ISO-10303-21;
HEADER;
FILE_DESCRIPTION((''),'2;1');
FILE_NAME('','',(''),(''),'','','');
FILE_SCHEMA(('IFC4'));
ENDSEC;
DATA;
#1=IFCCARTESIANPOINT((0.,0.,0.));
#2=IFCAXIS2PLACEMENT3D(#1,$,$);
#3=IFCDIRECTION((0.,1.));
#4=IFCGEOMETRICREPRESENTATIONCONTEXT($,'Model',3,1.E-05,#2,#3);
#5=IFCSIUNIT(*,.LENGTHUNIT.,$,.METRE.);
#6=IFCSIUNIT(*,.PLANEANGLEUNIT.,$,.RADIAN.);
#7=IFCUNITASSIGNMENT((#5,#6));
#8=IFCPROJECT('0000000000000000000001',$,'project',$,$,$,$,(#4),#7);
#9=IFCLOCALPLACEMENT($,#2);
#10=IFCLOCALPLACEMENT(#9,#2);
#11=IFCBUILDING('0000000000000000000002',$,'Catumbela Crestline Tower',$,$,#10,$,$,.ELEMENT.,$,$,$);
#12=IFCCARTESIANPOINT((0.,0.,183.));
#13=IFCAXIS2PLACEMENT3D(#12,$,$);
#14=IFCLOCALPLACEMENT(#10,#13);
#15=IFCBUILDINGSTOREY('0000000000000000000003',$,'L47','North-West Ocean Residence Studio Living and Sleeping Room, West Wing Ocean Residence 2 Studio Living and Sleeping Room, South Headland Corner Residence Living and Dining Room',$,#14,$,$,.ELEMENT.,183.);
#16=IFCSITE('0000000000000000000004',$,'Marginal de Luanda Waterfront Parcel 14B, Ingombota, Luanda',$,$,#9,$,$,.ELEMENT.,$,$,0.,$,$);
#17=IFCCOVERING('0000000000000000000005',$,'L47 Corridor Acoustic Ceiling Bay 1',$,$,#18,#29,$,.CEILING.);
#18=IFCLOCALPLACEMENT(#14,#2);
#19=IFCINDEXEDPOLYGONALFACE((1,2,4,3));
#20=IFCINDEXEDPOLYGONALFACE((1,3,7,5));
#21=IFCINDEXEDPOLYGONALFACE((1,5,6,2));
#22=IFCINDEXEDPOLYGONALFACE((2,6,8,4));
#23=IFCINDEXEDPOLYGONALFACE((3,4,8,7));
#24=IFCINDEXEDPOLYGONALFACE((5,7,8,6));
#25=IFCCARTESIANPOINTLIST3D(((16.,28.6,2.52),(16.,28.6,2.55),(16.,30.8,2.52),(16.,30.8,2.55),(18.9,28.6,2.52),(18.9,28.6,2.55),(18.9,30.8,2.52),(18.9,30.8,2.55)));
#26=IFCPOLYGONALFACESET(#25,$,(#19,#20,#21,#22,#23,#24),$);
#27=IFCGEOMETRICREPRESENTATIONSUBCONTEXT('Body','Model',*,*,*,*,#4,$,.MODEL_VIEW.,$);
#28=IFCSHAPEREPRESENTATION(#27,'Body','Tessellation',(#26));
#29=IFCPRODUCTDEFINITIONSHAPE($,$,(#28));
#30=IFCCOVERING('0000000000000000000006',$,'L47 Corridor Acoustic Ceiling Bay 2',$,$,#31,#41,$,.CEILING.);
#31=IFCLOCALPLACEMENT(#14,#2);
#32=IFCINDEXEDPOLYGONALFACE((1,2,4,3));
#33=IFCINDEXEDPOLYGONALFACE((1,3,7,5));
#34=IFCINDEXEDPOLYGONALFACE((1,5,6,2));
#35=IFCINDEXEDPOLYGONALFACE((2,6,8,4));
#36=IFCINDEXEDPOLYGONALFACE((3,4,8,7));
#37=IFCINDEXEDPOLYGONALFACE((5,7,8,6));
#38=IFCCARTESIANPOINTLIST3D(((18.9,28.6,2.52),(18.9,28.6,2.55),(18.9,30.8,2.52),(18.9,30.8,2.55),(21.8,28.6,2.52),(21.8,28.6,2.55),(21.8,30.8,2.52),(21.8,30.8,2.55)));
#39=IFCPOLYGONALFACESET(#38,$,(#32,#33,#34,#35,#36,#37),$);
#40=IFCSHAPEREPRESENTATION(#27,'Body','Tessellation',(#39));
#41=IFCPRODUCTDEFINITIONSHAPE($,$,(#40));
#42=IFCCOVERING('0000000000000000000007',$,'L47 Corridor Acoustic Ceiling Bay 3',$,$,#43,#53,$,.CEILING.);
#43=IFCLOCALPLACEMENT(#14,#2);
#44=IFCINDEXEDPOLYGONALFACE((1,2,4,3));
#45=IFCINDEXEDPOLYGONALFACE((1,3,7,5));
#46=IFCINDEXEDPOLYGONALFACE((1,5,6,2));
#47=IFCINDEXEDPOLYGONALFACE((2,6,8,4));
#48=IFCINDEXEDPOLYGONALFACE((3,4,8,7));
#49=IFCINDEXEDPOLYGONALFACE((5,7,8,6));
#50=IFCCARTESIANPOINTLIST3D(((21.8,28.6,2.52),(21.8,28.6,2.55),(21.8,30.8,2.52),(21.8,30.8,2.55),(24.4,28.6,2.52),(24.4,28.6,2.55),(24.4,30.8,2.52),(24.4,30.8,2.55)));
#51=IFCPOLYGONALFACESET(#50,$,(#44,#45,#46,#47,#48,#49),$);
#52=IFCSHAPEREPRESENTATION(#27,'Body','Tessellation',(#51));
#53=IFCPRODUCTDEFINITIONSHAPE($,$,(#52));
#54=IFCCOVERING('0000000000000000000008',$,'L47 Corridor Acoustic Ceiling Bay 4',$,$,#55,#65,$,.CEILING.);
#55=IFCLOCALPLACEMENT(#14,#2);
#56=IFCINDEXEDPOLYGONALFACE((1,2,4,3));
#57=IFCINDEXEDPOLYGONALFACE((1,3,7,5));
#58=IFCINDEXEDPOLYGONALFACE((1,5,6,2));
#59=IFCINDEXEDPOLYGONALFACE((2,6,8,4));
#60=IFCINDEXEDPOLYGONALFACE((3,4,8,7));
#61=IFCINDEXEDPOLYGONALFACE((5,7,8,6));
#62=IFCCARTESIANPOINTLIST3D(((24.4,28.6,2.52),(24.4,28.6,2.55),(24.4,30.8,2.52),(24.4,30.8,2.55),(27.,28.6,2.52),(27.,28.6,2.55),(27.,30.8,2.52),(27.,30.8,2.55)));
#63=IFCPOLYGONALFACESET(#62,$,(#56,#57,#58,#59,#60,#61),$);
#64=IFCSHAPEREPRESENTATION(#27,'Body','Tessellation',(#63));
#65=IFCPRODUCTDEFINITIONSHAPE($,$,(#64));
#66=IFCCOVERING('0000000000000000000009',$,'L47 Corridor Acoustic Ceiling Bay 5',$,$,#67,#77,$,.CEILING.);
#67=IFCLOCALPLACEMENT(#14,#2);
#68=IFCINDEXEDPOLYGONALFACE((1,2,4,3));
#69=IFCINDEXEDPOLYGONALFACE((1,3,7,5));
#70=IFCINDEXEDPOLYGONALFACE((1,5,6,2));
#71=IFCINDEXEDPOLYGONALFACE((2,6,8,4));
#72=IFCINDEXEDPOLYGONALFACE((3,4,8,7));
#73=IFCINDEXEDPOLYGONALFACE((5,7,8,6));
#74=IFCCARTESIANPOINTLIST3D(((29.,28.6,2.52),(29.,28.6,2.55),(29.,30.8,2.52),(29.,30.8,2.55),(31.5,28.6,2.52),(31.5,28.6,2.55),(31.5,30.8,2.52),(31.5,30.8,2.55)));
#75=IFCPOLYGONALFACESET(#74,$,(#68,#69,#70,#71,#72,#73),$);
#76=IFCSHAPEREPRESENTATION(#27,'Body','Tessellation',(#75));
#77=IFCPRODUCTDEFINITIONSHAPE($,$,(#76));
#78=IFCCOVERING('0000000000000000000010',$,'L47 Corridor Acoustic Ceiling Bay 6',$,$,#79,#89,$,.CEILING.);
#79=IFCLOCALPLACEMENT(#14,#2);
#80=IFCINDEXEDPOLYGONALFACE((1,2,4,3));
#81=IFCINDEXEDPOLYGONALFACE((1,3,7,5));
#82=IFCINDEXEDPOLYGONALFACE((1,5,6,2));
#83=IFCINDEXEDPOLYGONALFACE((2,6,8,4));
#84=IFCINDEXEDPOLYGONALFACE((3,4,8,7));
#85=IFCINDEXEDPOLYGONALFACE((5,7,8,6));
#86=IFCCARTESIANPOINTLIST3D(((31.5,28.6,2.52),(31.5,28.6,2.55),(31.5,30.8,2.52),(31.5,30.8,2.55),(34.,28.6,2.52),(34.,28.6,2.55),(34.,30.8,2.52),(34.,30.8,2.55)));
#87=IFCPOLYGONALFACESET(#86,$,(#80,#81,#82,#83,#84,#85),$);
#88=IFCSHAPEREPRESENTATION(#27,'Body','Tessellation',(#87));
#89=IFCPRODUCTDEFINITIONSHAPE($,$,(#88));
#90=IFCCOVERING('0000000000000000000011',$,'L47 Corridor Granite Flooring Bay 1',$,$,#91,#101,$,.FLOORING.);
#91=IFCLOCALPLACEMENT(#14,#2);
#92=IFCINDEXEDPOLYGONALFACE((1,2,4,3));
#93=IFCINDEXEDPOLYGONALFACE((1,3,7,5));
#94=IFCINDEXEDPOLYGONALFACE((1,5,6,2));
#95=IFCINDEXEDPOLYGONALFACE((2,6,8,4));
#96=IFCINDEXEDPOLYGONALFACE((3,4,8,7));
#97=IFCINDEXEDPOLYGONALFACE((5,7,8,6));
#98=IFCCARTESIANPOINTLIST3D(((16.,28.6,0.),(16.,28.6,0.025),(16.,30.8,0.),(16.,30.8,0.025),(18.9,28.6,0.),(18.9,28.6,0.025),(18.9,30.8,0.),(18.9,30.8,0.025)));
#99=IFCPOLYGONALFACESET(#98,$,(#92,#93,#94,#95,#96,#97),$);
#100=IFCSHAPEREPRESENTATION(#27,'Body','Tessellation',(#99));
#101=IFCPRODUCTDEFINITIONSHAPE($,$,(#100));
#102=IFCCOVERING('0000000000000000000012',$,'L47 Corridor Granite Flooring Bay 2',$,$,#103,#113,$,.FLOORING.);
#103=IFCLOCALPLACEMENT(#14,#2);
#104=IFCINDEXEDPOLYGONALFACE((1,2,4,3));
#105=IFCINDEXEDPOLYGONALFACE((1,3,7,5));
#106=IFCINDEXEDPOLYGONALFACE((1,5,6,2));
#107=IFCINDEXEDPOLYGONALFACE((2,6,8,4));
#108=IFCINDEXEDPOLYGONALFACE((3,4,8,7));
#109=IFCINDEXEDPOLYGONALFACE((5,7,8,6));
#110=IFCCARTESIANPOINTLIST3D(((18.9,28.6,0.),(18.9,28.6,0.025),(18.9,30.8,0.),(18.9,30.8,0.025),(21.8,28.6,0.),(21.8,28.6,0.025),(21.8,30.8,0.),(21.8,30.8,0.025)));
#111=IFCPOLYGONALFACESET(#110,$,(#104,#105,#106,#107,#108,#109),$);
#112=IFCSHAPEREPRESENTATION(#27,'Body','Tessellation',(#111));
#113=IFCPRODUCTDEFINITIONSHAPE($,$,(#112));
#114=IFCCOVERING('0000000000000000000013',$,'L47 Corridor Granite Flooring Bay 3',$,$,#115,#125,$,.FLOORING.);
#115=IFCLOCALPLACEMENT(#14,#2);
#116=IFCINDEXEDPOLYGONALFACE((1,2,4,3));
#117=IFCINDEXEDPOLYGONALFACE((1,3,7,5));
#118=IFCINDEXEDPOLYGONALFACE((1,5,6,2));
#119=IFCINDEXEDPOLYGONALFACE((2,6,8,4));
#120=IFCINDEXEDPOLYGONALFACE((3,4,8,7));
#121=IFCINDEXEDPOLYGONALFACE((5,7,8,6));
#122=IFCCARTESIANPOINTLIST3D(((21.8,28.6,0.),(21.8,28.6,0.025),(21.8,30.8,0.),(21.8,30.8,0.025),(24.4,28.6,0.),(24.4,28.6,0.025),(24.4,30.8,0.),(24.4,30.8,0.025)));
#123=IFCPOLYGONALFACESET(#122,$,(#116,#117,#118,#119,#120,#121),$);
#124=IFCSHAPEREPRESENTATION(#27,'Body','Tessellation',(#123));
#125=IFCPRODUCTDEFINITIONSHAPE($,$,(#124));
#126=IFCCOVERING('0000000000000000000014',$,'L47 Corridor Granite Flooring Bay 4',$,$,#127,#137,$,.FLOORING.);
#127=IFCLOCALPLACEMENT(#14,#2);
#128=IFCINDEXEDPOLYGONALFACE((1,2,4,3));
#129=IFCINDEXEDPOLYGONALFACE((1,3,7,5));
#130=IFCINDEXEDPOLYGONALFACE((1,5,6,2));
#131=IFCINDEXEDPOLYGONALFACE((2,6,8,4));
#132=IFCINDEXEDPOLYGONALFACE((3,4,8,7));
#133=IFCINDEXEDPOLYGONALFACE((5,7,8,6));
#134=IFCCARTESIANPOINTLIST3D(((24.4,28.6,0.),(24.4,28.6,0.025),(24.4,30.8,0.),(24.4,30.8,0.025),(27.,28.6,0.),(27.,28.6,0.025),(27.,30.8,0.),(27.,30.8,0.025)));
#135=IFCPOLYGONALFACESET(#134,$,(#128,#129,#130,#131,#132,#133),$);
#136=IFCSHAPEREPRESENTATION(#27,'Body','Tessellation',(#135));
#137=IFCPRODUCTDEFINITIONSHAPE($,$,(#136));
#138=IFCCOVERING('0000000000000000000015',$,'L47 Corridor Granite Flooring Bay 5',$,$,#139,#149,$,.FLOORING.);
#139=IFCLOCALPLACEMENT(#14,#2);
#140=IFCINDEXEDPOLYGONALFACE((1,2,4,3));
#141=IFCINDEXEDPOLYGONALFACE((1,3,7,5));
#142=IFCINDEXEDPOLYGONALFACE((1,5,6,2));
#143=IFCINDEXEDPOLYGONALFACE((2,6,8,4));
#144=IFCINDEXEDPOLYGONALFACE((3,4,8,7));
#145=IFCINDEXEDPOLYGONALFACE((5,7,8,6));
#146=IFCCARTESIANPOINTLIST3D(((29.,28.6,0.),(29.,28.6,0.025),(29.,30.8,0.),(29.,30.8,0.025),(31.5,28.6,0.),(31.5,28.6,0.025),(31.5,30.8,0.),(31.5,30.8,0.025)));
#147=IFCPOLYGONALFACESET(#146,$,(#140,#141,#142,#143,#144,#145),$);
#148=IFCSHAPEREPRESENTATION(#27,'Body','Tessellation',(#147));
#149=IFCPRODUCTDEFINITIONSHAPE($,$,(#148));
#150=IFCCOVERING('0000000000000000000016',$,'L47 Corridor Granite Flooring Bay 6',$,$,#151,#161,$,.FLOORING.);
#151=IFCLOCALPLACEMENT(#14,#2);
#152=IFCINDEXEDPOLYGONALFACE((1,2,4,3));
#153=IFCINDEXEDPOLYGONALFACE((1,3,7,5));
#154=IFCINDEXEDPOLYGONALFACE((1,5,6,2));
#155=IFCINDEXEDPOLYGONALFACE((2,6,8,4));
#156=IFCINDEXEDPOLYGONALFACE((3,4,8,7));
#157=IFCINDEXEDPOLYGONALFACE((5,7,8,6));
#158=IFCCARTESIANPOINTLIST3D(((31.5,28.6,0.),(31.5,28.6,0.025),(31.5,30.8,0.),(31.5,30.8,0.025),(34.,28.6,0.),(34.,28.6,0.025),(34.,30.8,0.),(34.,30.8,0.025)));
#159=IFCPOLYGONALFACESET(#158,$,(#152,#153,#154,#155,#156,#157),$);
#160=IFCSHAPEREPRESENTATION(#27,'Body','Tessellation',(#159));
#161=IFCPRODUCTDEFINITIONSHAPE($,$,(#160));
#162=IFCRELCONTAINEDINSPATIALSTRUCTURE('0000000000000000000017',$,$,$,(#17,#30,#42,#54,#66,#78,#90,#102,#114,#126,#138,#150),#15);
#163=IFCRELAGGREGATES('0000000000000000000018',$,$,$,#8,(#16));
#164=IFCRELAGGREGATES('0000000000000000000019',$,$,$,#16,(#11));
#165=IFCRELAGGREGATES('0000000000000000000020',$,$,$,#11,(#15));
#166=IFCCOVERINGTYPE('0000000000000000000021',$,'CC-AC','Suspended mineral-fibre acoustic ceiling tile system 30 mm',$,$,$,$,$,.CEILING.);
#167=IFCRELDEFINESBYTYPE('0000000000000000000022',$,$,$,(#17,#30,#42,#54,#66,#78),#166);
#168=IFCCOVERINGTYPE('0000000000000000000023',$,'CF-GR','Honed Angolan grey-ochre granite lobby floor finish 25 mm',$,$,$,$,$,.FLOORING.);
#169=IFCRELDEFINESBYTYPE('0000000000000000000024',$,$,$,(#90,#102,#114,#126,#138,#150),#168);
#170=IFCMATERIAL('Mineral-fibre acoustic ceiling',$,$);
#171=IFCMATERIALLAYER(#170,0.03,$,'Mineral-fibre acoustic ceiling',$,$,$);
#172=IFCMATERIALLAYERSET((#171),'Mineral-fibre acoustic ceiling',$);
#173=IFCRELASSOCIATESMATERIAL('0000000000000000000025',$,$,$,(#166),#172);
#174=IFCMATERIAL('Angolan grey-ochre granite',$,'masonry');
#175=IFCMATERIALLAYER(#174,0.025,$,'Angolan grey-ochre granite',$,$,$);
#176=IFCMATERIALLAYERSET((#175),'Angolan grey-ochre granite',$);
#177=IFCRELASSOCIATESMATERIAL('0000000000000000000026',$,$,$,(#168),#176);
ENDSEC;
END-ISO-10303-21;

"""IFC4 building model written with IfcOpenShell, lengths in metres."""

from ifc_helpers import new_model, si_unit, direction, frame, origin, place, context, subcontext, project, spatial, polyline, outline, extrude, material, layer, layer_set, type_object, element, save


model = new_model("IFC4")

# Units and contexts
model_context = context("Model", 3, precision=1e-05, world=origin(), true_north=direction((0.0, 1.0)))
body_context = subcontext(model_context, "Body", "Model", "MODEL_VIEW")
ifc_project = project(units=[si_unit("LENGTHUNIT", "METRE"), si_unit("PLANEANGLEUNIT", "RADIAN")], contexts=[model_context])

# Site, building, storey
site_placement = place(None, origin())
site = spatial("IfcSite", under=ifc_project, at=site_placement, Name="Marginal de Luanda Waterfront Parcel 14B, Ingombota, Luanda", CompositionType="ELEMENT", RefElevation=0.0)
building_placement = place(site_placement, origin())
building = spatial("IfcBuilding", under=site, at=building_placement, Name="Catumbela Crestline Tower", CompositionType="ELEMENT")
storey_placement = place(building_placement, frame((0.0, 0.0, 183.0)))
storey = spatial("IfcBuildingStorey", under=building, at=storey_placement, Name="L47", Description="North-West Ocean Residence Studio Living and Sleeping Room, West Wing Ocean Residence 2 Studio Living and Sleeping Room, South Headland Corner Residence Living and Dining Room", CompositionType="ELEMENT", Elevation=183.0)

# Coverings
ifc_material_1 = material(Name="Mineral-fibre acoustic ceiling")
ifc_layer_1 = layer(ifc_material_1, 0.03, Name="Mineral-fibre acoustic ceiling")
ifc_layer_set_1 = layer_set([ifc_layer_1], Name="Mineral-fibre acoustic ceiling")
covering_type_1 = type_object("IfcCoveringType", Name="CC-AC", Description="Suspended mineral-fibre acoustic ceiling tile system 30 mm", PredefinedType="CEILING", material=ifc_layer_set_1)
covering_1_placement = place(storey_placement, frame((0.0, 0.0, 2.52)))
element("IfcCovering", 1, at=covering_1_placement, inside=storey, type_object=covering_type_1, Name="L47 Corridor Acoustic Ceiling Bay 1", PredefinedType="CEILING", context=body_context, shape_type="SweptSolid", body=[
    extrude(outline(polyline([(16.0, 28.6), (18.9, 28.6), (18.9, 30.8), (16.0, 30.8), (16.0, 28.6)])), origin(), (0.0, 0.0, 1.0), 0.03),
])
covering_2_placement = place(storey_placement, frame((0.0, 0.0, 2.52)))
element("IfcCovering", 2, at=covering_2_placement, inside=storey, type_object=covering_type_1, Name="L47 Corridor Acoustic Ceiling Bay 2", PredefinedType="CEILING", context=body_context, shape_type="SweptSolid", body=[
    extrude(outline(polyline([(18.9, 28.6), (21.8, 28.6), (21.8, 30.8), (18.9, 30.8), (18.9, 28.6)])), origin(), (0.0, 0.0, 1.0), 0.03),
])
covering_3_placement = place(storey_placement, frame((0.0, 0.0, 2.52)))
element("IfcCovering", 3, at=covering_3_placement, inside=storey, type_object=covering_type_1, Name="L47 Corridor Acoustic Ceiling Bay 3", PredefinedType="CEILING", context=body_context, shape_type="SweptSolid", body=[
    extrude(outline(polyline([(21.8, 28.6), (24.4, 28.6), (24.4, 30.8), (21.8, 30.8), (21.8, 28.6)])), origin(), (0.0, 0.0, 1.0), 0.03),
])
covering_4_placement = place(storey_placement, frame((0.0, 0.0, 2.52)))
element("IfcCovering", 4, at=covering_4_placement, inside=storey, type_object=covering_type_1, Name="L47 Corridor Acoustic Ceiling Bay 4", PredefinedType="CEILING", context=body_context, shape_type="SweptSolid", body=[
    extrude(outline(polyline([(24.4, 28.6), (27.0, 28.6), (27.0, 30.8), (24.4, 30.8), (24.4, 28.6)])), origin(), (0.0, 0.0, 1.0), 0.03),
])
covering_5_placement = place(storey_placement, frame((0.0, 0.0, 2.52)))
element("IfcCovering", 5, at=covering_5_placement, inside=storey, type_object=covering_type_1, Name="L47 Corridor Acoustic Ceiling Bay 5", PredefinedType="CEILING", context=body_context, shape_type="SweptSolid", body=[
    extrude(outline(polyline([(29.0, 28.6), (31.5, 28.6), (31.5, 30.8), (29.0, 30.8), (29.0, 28.6)])), origin(), (0.0, 0.0, 1.0), 0.03),
])
covering_6_placement = place(storey_placement, frame((0.0, 0.0, 2.52)))
element("IfcCovering", 6, at=covering_6_placement, inside=storey, type_object=covering_type_1, Name="L47 Corridor Acoustic Ceiling Bay 6", PredefinedType="CEILING", context=body_context, shape_type="SweptSolid", body=[
    extrude(outline(polyline([(31.5, 28.6), (34.0, 28.6), (34.0, 30.8), (31.5, 30.8), (31.5, 28.6)])), origin(), (0.0, 0.0, 1.0), 0.03),
])
ifc_material_2 = material(Name="Angolan grey-ochre granite", Category="masonry")
ifc_layer_2 = layer(ifc_material_2, 0.025, Name="Angolan grey-ochre granite")
ifc_layer_set_2 = layer_set([ifc_layer_2], Name="Angolan grey-ochre granite")
covering_type_2 = type_object("IfcCoveringType", Name="CF-GR", Description="Honed Angolan grey-ochre granite lobby floor finish 25 mm", PredefinedType="FLOORING", material=ifc_layer_set_2)
covering_7_placement = place(storey_placement, origin())
element("IfcCovering", 7, at=covering_7_placement, inside=storey, type_object=covering_type_2, Name="L47 Corridor Granite Flooring Bay 1", PredefinedType="FLOORING", context=body_context, shape_type="SweptSolid", body=[
    extrude(outline(polyline([(16.0, 28.6), (18.9, 28.6), (18.9, 30.8), (16.0, 30.8), (16.0, 28.6)])), origin(), (0.0, 0.0, 1.0), 0.025),
])
covering_8_placement = place(storey_placement, origin())
element("IfcCovering", 8, at=covering_8_placement, inside=storey, type_object=covering_type_2, Name="L47 Corridor Granite Flooring Bay 2", PredefinedType="FLOORING", context=body_context, shape_type="SweptSolid", body=[
    extrude(outline(polyline([(18.9, 28.6), (21.8, 28.6), (21.8, 30.8), (18.9, 30.8), (18.9, 28.6)])), origin(), (0.0, 0.0, 1.0), 0.025),
])
covering_9_placement = place(storey_placement, origin())
element("IfcCovering", 9, at=covering_9_placement, inside=storey, type_object=covering_type_2, Name="L47 Corridor Granite Flooring Bay 3", PredefinedType="FLOORING", context=body_context, shape_type="SweptSolid", body=[
    extrude(outline(polyline([(21.8, 28.6), (24.4, 28.6), (24.4, 30.8), (21.8, 30.8), (21.8, 28.6)])), origin(), (0.0, 0.0, 1.0), 0.025),
])
covering_10_placement = place(storey_placement, origin())
element("IfcCovering", 10, at=covering_10_placement, inside=storey, type_object=covering_type_2, Name="L47 Corridor Granite Flooring Bay 4", PredefinedType="FLOORING", context=body_context, shape_type="SweptSolid", body=[
    extrude(outline(polyline([(24.4, 28.6), (27.0, 28.6), (27.0, 30.8), (24.4, 30.8), (24.4, 28.6)])), origin(), (0.0, 0.0, 1.0), 0.025),
])
covering_11_placement = place(storey_placement, origin())
element("IfcCovering", 11, at=covering_11_placement, inside=storey, type_object=covering_type_2, Name="L47 Corridor Granite Flooring Bay 5", PredefinedType="FLOORING", context=body_context, shape_type="SweptSolid", body=[
    extrude(outline(polyline([(29.0, 28.6), (31.5, 28.6), (31.5, 30.8), (29.0, 30.8), (29.0, 28.6)])), origin(), (0.0, 0.0, 1.0), 0.025),
])
covering_12_placement = place(storey_placement, origin())
element("IfcCovering", 12, at=covering_12_placement, inside=storey, type_object=covering_type_2, Name="L47 Corridor Granite Flooring Bay 6", PredefinedType="FLOORING", context=body_context, shape_type="SweptSolid", body=[
    extrude(outline(polyline([(31.5, 28.6), (34.0, 28.6), (34.0, 30.8), (31.5, 30.8), (31.5, 28.6)])), origin(), (0.0, 0.0, 1.0), 0.025),
])

save(model, "model.ifc")
